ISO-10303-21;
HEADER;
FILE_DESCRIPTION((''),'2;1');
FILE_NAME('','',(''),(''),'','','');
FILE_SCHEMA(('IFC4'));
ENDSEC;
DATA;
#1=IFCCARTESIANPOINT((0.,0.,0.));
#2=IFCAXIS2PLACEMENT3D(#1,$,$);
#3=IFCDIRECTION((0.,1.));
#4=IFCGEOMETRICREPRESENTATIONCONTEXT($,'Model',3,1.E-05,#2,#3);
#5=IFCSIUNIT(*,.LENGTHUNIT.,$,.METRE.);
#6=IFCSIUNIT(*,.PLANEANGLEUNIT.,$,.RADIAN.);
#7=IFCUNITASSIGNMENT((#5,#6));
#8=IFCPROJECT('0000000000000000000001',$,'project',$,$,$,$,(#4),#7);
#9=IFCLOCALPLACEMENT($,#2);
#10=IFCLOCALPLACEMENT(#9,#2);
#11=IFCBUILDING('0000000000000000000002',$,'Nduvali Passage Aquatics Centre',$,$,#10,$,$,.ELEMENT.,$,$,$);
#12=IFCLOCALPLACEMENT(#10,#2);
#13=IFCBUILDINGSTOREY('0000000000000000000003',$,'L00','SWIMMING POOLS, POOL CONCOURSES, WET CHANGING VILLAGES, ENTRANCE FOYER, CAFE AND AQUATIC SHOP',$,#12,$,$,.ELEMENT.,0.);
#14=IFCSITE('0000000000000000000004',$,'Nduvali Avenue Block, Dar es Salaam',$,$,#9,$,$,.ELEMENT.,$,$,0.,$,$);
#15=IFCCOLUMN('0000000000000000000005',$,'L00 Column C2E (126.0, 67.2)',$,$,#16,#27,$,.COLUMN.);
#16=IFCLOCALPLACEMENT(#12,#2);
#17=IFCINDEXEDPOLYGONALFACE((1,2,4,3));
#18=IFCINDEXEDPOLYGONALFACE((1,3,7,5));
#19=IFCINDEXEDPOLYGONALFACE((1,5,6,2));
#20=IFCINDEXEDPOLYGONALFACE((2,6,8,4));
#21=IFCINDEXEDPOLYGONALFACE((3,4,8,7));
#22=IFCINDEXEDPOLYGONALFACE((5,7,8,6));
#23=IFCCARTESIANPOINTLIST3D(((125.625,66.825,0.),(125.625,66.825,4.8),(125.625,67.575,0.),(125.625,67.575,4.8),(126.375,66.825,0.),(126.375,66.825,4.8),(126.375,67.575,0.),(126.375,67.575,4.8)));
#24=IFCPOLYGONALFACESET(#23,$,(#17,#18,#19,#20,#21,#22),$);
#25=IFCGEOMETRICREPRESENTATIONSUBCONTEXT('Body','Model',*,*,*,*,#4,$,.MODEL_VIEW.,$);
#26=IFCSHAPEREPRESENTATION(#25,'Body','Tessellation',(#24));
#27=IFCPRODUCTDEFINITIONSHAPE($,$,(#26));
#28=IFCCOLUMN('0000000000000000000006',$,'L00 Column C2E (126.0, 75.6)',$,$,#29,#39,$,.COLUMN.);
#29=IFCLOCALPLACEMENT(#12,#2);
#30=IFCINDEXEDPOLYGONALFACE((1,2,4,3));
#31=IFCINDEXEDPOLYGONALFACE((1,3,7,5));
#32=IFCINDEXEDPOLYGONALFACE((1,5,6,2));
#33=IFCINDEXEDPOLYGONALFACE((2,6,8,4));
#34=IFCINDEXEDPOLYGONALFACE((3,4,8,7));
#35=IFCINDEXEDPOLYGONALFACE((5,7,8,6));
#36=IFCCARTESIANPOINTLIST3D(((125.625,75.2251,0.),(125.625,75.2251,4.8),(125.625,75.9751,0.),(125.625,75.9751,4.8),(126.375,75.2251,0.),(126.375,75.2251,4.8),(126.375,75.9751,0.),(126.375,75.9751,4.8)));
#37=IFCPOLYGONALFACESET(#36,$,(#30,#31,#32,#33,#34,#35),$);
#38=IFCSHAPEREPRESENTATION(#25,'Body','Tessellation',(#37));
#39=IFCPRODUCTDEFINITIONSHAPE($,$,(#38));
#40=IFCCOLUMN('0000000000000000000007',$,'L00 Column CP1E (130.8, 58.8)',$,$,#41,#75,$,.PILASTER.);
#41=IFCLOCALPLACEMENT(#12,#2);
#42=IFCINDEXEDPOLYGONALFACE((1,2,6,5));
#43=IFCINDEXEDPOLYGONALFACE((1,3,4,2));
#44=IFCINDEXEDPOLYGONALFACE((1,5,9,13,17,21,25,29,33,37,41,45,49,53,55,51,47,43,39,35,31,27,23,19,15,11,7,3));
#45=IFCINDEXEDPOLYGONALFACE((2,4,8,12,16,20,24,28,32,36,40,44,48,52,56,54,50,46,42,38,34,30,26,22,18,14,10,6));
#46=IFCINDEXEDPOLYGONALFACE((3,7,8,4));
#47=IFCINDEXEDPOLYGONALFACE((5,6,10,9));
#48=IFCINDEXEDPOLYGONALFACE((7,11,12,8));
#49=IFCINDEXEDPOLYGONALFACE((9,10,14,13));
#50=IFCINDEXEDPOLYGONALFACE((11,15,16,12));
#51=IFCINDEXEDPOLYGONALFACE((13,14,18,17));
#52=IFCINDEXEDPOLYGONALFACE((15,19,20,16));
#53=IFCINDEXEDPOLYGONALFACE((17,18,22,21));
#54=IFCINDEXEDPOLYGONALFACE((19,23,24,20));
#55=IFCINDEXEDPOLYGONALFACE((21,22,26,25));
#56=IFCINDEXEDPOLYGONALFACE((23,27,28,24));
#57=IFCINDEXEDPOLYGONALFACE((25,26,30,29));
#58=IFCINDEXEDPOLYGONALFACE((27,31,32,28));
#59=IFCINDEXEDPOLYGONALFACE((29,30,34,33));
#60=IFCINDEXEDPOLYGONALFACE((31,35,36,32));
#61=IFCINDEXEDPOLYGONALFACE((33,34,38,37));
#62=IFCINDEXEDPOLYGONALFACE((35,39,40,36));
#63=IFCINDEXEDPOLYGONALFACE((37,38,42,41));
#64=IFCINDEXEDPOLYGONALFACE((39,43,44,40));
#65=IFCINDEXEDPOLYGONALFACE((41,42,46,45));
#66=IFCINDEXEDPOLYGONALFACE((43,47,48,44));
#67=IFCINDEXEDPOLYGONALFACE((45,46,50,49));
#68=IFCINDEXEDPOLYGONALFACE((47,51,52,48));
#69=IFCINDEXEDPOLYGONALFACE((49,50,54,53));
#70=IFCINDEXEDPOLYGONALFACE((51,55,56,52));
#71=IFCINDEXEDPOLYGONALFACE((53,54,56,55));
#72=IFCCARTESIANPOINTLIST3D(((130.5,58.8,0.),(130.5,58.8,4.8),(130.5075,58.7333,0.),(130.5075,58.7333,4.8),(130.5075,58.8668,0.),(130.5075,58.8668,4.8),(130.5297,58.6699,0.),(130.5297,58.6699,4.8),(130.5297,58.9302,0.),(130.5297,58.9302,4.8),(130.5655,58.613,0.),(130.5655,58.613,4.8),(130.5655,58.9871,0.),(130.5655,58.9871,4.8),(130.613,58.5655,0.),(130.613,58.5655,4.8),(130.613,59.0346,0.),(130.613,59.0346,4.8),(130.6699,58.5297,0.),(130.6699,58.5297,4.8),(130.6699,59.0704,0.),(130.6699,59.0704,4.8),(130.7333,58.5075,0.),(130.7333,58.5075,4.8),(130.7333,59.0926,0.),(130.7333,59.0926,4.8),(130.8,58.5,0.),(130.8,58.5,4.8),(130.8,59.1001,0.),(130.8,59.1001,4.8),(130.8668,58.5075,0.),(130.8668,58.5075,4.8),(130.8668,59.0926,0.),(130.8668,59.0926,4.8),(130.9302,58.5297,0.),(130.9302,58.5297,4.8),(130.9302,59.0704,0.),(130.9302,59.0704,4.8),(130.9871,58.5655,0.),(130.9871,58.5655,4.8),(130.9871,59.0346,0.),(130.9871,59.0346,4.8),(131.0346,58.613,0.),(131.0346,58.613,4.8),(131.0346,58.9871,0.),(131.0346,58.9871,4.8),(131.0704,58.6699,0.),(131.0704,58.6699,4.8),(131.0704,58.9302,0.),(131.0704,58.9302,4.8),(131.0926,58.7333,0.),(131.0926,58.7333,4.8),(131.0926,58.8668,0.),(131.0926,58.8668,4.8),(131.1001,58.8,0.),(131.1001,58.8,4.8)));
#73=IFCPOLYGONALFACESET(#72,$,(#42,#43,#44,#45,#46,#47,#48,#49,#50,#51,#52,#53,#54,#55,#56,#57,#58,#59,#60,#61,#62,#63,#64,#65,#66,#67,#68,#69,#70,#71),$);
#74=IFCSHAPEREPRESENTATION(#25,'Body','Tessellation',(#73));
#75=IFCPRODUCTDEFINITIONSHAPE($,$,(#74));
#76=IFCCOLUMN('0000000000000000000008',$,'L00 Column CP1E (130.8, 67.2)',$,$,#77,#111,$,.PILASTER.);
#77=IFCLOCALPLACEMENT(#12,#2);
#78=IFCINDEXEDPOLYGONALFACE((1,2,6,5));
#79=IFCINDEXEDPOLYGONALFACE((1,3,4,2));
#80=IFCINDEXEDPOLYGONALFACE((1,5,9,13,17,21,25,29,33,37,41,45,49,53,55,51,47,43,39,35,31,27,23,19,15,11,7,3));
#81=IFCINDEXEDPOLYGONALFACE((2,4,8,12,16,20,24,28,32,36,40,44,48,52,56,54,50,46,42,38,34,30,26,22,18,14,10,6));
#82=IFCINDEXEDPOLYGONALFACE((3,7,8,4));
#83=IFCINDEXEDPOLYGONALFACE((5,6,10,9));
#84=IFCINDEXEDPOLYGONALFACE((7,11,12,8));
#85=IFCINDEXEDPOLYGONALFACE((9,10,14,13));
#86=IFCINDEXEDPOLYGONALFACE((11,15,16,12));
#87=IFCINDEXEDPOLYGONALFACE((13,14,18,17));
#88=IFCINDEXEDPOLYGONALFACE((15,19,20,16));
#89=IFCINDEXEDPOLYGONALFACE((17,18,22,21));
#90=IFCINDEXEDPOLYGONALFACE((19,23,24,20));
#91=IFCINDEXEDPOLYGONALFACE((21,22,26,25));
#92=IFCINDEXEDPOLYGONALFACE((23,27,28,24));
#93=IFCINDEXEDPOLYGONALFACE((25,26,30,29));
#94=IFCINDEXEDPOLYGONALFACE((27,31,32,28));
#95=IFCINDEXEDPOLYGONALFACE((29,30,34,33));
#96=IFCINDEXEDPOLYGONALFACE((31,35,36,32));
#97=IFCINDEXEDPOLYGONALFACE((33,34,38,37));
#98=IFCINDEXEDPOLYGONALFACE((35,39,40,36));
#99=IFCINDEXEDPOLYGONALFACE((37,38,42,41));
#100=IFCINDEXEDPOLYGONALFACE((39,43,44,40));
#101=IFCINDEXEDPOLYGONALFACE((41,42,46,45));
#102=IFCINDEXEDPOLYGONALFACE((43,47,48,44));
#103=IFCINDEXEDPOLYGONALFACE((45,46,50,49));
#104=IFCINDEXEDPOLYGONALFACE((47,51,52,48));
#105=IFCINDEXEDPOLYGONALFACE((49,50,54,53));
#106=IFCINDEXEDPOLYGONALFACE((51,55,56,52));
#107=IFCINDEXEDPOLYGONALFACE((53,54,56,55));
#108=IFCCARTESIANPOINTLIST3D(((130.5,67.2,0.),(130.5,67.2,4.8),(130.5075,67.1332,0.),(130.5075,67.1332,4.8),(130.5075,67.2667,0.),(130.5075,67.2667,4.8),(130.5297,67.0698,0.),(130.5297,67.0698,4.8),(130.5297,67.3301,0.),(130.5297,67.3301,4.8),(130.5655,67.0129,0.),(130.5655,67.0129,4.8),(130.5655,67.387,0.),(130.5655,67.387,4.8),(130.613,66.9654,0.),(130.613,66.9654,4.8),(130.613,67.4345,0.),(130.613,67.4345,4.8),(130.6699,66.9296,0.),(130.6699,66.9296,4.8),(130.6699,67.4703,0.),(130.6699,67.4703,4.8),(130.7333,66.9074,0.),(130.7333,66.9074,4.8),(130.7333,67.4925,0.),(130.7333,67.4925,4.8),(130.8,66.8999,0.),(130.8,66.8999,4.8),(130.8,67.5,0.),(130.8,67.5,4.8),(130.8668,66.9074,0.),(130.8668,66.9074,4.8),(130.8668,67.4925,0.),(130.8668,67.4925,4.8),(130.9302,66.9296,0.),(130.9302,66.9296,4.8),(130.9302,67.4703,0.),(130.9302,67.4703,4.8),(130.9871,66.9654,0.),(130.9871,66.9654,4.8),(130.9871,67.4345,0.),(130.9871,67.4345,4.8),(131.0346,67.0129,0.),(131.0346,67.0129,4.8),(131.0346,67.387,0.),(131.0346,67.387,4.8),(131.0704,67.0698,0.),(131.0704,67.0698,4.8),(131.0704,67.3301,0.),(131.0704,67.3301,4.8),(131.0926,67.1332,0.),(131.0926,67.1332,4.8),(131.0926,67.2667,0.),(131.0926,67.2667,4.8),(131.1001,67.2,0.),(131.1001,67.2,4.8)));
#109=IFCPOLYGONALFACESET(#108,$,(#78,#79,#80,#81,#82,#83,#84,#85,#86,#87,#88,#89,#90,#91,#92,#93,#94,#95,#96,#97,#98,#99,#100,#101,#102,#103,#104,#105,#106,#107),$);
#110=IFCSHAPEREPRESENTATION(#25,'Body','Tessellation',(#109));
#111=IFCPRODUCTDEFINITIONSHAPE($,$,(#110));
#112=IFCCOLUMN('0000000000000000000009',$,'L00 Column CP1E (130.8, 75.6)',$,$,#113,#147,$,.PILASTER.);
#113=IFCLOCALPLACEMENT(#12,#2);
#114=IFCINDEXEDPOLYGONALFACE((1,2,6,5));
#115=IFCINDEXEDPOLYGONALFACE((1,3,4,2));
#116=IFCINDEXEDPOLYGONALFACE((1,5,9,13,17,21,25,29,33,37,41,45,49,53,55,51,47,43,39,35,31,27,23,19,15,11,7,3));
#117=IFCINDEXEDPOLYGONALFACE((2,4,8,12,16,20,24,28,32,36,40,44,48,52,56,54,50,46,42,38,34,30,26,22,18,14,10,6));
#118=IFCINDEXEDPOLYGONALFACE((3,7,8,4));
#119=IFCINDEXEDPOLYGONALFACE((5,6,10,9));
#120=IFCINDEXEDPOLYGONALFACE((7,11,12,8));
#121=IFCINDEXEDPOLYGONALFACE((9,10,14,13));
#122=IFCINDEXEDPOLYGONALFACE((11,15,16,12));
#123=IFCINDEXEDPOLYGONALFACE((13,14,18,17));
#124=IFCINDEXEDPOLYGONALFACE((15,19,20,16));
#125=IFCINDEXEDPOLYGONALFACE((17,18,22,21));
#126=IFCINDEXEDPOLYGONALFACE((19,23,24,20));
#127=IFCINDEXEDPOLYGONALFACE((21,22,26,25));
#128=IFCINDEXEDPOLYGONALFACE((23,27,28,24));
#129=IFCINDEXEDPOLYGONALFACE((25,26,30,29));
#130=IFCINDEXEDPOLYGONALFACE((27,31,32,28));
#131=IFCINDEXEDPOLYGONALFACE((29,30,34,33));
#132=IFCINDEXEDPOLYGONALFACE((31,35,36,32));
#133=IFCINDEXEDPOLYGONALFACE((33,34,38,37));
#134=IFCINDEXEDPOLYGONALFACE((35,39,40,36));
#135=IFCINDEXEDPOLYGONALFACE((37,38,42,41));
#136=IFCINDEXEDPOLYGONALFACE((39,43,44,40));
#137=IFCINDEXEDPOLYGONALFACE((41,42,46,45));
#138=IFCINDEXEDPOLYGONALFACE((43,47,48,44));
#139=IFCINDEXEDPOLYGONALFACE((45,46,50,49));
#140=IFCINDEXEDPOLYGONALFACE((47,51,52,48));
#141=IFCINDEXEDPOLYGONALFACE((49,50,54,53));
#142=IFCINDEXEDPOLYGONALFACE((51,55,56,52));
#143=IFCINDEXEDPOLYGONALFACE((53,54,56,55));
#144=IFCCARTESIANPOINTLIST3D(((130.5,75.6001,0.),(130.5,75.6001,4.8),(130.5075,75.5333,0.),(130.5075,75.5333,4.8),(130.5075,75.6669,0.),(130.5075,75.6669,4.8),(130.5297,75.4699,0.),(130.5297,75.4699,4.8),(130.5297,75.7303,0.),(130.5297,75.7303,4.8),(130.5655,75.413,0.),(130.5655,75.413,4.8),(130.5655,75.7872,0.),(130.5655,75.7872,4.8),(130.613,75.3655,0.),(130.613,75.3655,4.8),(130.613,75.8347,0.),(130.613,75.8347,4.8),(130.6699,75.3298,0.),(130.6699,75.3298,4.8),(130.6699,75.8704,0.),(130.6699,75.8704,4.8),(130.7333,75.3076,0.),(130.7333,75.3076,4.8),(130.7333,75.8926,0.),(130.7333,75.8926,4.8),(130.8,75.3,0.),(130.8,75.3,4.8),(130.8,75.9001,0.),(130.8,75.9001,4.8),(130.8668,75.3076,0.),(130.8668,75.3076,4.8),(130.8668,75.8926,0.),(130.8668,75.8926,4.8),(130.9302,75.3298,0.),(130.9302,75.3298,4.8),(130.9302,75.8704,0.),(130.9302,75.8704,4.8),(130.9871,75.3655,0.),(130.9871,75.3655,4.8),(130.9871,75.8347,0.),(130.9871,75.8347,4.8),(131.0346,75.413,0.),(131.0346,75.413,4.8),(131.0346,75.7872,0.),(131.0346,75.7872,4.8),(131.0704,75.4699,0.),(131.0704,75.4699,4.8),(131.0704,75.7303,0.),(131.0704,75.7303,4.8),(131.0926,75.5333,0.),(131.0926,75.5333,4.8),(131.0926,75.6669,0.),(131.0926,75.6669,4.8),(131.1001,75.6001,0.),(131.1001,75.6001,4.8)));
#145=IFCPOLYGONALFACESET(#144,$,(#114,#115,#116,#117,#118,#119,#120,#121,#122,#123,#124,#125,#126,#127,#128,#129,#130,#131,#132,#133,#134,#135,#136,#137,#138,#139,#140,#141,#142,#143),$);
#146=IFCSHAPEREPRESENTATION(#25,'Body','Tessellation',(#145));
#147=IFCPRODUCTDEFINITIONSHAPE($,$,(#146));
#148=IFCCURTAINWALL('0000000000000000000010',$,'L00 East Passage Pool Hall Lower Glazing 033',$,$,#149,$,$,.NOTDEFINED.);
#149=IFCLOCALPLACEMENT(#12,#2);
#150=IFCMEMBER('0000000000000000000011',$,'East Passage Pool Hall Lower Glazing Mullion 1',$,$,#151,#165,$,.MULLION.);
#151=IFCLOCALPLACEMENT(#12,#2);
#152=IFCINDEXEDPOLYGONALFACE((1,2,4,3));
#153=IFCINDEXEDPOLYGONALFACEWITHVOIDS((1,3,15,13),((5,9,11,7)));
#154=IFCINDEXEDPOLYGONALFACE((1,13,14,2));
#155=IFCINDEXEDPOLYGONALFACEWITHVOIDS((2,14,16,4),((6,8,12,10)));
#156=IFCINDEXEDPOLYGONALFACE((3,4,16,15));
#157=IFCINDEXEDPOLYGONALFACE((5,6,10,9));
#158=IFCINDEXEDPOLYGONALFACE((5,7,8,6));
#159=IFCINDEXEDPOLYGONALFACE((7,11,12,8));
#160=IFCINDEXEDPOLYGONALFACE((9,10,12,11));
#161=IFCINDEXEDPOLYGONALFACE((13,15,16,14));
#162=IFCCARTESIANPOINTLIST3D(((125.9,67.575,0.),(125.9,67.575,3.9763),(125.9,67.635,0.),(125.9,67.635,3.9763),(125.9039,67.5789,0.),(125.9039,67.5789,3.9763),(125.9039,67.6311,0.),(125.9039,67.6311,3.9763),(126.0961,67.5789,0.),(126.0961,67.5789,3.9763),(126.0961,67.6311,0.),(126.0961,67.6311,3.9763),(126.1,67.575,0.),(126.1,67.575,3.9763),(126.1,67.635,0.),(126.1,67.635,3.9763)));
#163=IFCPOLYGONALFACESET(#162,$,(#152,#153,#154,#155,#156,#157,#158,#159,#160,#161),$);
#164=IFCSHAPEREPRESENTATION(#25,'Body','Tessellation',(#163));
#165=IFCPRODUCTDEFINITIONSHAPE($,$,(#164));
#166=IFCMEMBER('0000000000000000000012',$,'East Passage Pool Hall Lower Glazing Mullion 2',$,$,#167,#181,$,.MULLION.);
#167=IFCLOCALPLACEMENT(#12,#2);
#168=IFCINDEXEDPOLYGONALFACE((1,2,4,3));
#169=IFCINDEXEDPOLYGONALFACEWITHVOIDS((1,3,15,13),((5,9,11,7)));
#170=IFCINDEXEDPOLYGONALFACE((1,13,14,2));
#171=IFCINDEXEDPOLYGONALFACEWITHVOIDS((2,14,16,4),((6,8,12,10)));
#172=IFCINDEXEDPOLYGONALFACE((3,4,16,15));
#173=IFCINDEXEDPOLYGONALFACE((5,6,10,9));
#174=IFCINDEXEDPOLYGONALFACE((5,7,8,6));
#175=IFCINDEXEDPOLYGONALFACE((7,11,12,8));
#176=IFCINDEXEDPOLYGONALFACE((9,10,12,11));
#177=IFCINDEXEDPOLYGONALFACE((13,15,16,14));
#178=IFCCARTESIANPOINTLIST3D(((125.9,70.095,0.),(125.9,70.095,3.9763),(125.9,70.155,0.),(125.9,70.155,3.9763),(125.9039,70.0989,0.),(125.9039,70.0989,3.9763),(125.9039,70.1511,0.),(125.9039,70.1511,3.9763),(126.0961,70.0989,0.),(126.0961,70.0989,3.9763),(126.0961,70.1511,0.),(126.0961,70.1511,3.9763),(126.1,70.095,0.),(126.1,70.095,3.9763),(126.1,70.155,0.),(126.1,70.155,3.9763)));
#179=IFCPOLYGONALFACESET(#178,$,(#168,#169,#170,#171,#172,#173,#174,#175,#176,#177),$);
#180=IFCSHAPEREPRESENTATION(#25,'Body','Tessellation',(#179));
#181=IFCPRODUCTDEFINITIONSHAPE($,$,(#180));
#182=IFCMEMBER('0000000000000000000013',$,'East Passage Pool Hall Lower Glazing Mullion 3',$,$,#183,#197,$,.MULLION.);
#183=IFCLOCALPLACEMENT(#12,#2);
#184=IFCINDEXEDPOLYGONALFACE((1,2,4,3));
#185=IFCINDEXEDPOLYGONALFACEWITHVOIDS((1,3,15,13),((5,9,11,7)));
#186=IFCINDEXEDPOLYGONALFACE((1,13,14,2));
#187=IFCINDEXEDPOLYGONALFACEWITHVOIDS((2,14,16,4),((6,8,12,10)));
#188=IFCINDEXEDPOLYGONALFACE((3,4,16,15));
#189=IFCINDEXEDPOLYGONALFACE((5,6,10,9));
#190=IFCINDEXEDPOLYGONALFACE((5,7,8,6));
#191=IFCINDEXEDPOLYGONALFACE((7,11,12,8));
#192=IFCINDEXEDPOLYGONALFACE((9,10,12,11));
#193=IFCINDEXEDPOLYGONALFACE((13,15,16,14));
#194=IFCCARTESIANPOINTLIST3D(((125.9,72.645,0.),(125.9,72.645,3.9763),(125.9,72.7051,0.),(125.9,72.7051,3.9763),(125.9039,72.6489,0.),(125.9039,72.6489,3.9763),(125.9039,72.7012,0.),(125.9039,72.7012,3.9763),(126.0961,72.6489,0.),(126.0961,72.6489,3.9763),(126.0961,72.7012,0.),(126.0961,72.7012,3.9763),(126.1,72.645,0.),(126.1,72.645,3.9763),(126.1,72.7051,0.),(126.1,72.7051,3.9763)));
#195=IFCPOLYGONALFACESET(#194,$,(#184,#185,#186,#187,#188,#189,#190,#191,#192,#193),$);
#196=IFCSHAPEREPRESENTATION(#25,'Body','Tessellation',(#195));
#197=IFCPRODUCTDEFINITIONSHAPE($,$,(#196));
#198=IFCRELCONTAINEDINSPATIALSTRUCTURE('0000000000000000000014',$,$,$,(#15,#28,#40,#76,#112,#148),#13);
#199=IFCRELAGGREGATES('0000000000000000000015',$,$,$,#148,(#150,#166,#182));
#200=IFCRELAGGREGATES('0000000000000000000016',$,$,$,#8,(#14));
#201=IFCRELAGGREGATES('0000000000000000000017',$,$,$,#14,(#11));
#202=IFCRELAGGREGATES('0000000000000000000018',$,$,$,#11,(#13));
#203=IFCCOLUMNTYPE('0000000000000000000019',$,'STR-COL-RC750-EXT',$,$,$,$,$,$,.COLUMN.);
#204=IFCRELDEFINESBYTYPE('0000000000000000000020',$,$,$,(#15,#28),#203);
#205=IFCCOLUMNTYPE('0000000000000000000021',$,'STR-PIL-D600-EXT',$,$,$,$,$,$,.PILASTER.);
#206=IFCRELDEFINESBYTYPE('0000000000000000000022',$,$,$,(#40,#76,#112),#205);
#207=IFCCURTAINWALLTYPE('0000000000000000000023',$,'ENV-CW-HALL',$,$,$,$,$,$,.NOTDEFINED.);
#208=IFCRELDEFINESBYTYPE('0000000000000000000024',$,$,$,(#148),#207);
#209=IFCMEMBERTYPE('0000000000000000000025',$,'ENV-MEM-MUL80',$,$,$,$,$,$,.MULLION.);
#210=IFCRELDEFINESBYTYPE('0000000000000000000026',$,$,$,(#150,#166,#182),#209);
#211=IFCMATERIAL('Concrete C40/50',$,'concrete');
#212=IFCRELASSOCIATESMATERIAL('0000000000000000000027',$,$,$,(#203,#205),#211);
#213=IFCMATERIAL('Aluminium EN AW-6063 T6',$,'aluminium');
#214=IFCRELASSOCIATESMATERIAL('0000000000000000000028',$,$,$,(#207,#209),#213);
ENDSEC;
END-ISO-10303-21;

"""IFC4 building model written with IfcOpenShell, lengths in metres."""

from ifc_helpers import new_model, si_unit, direction, frame, origin, origin_2d, place, context, subcontext, project, spatial, rectangle, hollow_rectangle, circle, extrude, material, material_profile, profile_set, type_object, element, aggregate, save


model = new_model("IFC4")

# Units and contexts
model_context = context("Model", 3, precision=1e-05, world=origin(), true_north=direction((0.0, 1.0)))
body_context = subcontext(model_context, "Body", "Model", "MODEL_VIEW")
ifc_project = project(units=[si_unit("LENGTHUNIT", "METRE"), si_unit("PLANEANGLEUNIT", "RADIAN")], contexts=[model_context])

# Site, building, storey
site_placement = place(None, origin())
site = spatial("IfcSite", under=ifc_project, at=site_placement, Name="Nduvali Avenue Block, Dar es Salaam", CompositionType="ELEMENT", RefElevation=0.0)
building_placement = place(site_placement, origin())
building = spatial("IfcBuilding", under=site, at=building_placement, Name="Nduvali Passage Aquatics Centre", CompositionType="ELEMENT")
storey_placement = place(building_placement, origin())
storey = spatial("IfcBuildingStorey", under=building, at=storey_placement, Name="L00", Description="SWIMMING POOLS, POOL CONCOURSES, WET CHANGING VILLAGES, ENTRANCE FOYER, CAFE AND AQUATIC SHOP", CompositionType="ELEMENT", Elevation=0.0)

# Columns
ifc_material_1 = material(Name="Concrete C40/50", Category="concrete")
ifc_material_profile_1 = material_profile(ifc_material_1, rectangle(XDim=0.75, YDim=0.75, at=origin_2d()), Name="RC 750x750")
ifc_profile_set_1 = profile_set([ifc_material_profile_1], Name="Concrete C40/50")
column_type_1 = type_object("IfcColumnType", Name="STR-COL-RC750-EXT", PredefinedType="COLUMN", material=ifc_profile_set_1)
for number, where, z_axis, x_axis, name in (
    (1, (126.0, 67.2, 0.0), (0.0, 0.0, 1.0), (1.0, 0.0, 0.0), "L00 Column C2E (126.0, 67.2)"),
    (2, (126.0, 75.6001, 0.0), (0.0, 0.0, 1.0), (1.0, 0.0, 0.0), "L00 Column C2E (126.0, 75.6)"),
):
    element("IfcColumn", number, at=place(storey_placement, frame(where, z_axis=z_axis, x_axis=x_axis)), inside=storey, type_object=column_type_1, Name=name, PredefinedType="COLUMN", context=body_context, shape_type="SweptSolid", body=[
        extrude(rectangle(XDim=0.75, YDim=0.75, at=origin_2d()), origin(), (0.0, 0.0, 1.0), 4.8),
    ])
ifc_material_profile_2 = material_profile(ifc_material_1, circle(Radius=0.3, at=origin_2d()), Name="RC D600")
ifc_profile_set_2 = profile_set([ifc_material_profile_2], Name="Concrete C40/50")
column_type_2 = type_object("IfcColumnType", Name="STR-PIL-D600-EXT", PredefinedType="PILASTER", material=ifc_profile_set_2)
for number, where, z_axis, x_axis, name in (
    (3, (130.8, 58.8, 0.0), (0.0, 0.0, 1.0), (1.0, 0.0, 0.0), "L00 Column CP1E (130.8, 58.8)"),
    (4, (130.8, 67.2, 0.0), (0.0, 0.0, 1.0), (1.0, 0.0, 0.0), "L00 Column CP1E (130.8, 67.2)"),
    (5, (130.8, 75.6001, 0.0), (0.0, 0.0, 1.0), (1.0, 0.0, 0.0), "L00 Column CP1E (130.8, 75.6)"),
):
    element("IfcColumn", number, at=place(storey_placement, frame(where, z_axis=z_axis, x_axis=x_axis)), inside=storey, type_object=column_type_2, Name=name, PredefinedType="PILASTER", context=body_context, shape_type="SweptSolid", body=[
        extrude(circle(Radius=0.3, at=origin_2d()), origin(), (0.0, 0.0, 1.0), 4.8),
    ])

# Curtain wall, members
ifc_material_2 = material(Name="Aluminium EN AW-6063 T6", Category="aluminium")
curtain_wall_type = type_object("IfcCurtainWallType", Name="ENV-CW-HALL", PredefinedType="NOTDEFINED", material=ifc_material_2)
curtain_wall_placement = place(storey_placement, origin())
curtain_wall = element("IfcCurtainWall", 6, at=curtain_wall_placement, inside=storey, type_object=curtain_wall_type, Name="L00 East Passage Pool Hall Lower Glazing 033", PredefinedType="NOTDEFINED")
ifc_material_profile_3 = material_profile(ifc_material_2, hollow_rectangle(XDim=0.0601, YDim=0.2, WallThickness=0.0039, at=origin_2d()), Name="ALU MULLION 60x200x4")
ifc_profile_set_3 = profile_set([ifc_material_profile_3], Name="Aluminium EN AW-6063 T6")
member_type_1 = type_object("IfcMemberType", Name="ENV-MEM-MUL80", PredefinedType="MULLION", material=ifc_profile_set_3)
member_1_placement = place(storey_placement, frame((126.0, 67.605, 0.0), z_axis=(0.0, 0.0, 1.0), x_axis=(0.0, 1.0, 0.0)))
member_1 = element("IfcMember", 7, at=member_1_placement, type_object=member_type_1, Name="East Passage Pool Hall Lower Glazing Mullion 1", PredefinedType="MULLION", context=body_context, shape_type="SweptSolid", body=[
    extrude(hollow_rectangle(XDim=0.0601, YDim=0.2, WallThickness=0.0039, at=origin_2d()), origin(), (0.0, 0.0, 1.0), 3.9763),
])
member_2_placement = place(storey_placement, frame((126.0, 70.125, 0.0), z_axis=(0.0, 0.0, 1.0), x_axis=(0.0, 1.0, 0.0)))
member_2 = element("IfcMember", 8, at=member_2_placement, type_object=member_type_1, Name="East Passage Pool Hall Lower Glazing Mullion 2", PredefinedType="MULLION", context=body_context, shape_type="SweptSolid", body=[
    extrude(hollow_rectangle(XDim=0.0601, YDim=0.2, WallThickness=0.0039, at=origin_2d()), origin(), (0.0, 0.0, 1.0), 3.9763),
])
member_3_placement = place(storey_placement, frame((126.0, 72.675, 0.0), z_axis=(0.0, 0.0, 1.0), x_axis=(0.0, 1.0, 0.0)))
member_3 = element("IfcMember", 9, at=member_3_placement, type_object=member_type_1, Name="East Passage Pool Hall Lower Glazing Mullion 3", PredefinedType="MULLION", context=body_context, shape_type="SweptSolid", body=[
    extrude(hollow_rectangle(XDim=0.0601, YDim=0.2, WallThickness=0.0039, at=origin_2d()), origin(), (0.0, 0.0, 1.0), 3.9763),
])

aggregate(curtain_wall, [member_1, member_2, member_3])

save(model, "model.ifc")
